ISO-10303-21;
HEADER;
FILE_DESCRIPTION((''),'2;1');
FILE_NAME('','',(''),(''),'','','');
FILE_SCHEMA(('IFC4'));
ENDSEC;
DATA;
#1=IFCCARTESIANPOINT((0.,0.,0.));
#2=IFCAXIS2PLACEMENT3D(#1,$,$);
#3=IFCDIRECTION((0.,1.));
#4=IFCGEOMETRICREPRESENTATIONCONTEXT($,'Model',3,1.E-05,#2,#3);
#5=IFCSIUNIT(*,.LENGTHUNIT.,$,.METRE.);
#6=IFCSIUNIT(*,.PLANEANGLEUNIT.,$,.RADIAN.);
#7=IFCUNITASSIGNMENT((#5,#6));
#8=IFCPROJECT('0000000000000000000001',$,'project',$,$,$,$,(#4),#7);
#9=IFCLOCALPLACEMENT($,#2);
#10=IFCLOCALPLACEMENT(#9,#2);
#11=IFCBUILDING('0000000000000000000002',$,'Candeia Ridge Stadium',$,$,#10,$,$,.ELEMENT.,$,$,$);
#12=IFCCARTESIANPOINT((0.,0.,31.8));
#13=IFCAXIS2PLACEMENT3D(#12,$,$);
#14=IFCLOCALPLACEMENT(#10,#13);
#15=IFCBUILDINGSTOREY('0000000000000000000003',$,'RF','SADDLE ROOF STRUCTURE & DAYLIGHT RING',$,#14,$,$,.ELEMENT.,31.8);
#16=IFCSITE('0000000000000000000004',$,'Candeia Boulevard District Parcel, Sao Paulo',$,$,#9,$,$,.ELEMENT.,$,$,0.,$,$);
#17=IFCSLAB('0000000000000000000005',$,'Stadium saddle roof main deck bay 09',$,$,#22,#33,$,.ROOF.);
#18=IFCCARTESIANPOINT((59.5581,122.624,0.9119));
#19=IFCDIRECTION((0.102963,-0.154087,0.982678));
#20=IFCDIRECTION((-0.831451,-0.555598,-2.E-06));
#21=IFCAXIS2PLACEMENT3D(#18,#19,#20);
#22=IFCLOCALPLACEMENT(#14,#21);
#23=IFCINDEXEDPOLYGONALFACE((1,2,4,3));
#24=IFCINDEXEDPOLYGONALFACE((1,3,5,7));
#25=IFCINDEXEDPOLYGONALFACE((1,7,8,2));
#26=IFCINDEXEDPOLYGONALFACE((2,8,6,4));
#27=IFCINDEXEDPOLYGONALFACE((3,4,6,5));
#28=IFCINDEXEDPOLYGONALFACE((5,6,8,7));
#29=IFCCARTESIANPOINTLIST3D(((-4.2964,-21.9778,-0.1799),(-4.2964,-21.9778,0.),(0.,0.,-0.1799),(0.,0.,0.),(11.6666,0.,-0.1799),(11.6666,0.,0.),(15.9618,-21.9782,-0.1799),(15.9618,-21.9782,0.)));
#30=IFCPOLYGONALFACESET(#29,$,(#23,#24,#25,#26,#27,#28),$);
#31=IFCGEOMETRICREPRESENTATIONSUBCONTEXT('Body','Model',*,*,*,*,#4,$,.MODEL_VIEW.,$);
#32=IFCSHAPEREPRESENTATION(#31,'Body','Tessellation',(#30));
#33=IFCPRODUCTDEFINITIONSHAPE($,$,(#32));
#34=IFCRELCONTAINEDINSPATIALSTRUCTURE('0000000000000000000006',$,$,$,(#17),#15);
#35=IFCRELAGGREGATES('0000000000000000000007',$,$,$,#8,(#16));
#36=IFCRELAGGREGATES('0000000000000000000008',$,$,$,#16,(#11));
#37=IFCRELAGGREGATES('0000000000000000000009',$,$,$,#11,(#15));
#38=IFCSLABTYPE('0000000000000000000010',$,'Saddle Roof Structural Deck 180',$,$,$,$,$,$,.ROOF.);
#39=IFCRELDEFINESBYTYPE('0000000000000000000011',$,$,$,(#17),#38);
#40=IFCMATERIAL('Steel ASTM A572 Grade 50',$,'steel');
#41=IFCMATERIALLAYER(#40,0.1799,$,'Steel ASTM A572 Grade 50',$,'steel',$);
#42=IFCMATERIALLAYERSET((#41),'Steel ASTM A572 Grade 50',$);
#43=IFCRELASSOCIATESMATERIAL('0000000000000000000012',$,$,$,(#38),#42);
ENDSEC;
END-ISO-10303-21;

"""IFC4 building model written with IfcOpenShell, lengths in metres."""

from ifc_helpers import new_model, si_unit, direction, frame, origin, place, context, subcontext, project, spatial, polyline, outline, extrude, material, layer, layer_set, type_object, element, save


model = new_model("IFC4")

# Units and contexts
model_context = context("Model", 3, precision=1e-05, world=origin(), true_north=direction((0.0, 1.0)))
body_context = subcontext(model_context, "Body", "Model", "MODEL_VIEW")
ifc_project = project(units=[si_unit("LENGTHUNIT", "METRE"), si_unit("PLANEANGLEUNIT", "RADIAN")], contexts=[model_context])

# Site, building, storey
site_placement = place(None, origin())
site = spatial("IfcSite", under=ifc_project, at=site_placement, Name="Candeia Boulevard District Parcel, Sao Paulo", CompositionType="ELEMENT", RefElevation=0.0)
building_placement = place(site_placement, origin())
building = spatial("IfcBuilding", under=site, at=building_placement, Name="Candeia Ridge Stadium", CompositionType="ELEMENT")
storey_placement = place(building_placement, frame((0.0, 0.0, 31.8)))
storey = spatial("IfcBuildingStorey", under=building, at=storey_placement, Name="RF", Description="SADDLE ROOF STRUCTURE & DAYLIGHT RING", CompositionType="ELEMENT", Elevation=31.8)

# Shared definitions
ifc_material_1 = material(Name="Steel ASTM A572 Grade 50", Category="steel")

# Slab
ifc_layer_1 = layer(ifc_material_1, 0.1799, Name="Steel ASTM A572 Grade 50", Category="steel")
ifc_layer_set_1 = layer_set([ifc_layer_1], Name="Steel ASTM A572 Grade 50")
slab_type = type_object("IfcSlabType", Name="Saddle Roof Structural Deck 180", PredefinedType="ROOF", material=ifc_layer_set_1)
slab_placement = place(storey_placement, frame((59.5581, 122.624, 0.9119), z_axis=(0.102963, -0.154087, 0.982678), x_axis=(-0.831451, -0.555598, -0.000002)))
element("IfcSlab", 1, at=slab_placement, inside=storey, type_object=slab_type, Name="Stadium saddle roof main deck bay 09", PredefinedType="ROOF", context=body_context, shape_type="SweptSolid", body=[
    extrude(outline(polyline([(0.0, 0.0), (11.6666, 0.0), (15.9618, -21.9782), (-4.2964, -21.9778), (0.0, 0.0)])), origin(), (0.0, 0.0, -1.0), 0.1799),
])

save(model, "model.ifc")
